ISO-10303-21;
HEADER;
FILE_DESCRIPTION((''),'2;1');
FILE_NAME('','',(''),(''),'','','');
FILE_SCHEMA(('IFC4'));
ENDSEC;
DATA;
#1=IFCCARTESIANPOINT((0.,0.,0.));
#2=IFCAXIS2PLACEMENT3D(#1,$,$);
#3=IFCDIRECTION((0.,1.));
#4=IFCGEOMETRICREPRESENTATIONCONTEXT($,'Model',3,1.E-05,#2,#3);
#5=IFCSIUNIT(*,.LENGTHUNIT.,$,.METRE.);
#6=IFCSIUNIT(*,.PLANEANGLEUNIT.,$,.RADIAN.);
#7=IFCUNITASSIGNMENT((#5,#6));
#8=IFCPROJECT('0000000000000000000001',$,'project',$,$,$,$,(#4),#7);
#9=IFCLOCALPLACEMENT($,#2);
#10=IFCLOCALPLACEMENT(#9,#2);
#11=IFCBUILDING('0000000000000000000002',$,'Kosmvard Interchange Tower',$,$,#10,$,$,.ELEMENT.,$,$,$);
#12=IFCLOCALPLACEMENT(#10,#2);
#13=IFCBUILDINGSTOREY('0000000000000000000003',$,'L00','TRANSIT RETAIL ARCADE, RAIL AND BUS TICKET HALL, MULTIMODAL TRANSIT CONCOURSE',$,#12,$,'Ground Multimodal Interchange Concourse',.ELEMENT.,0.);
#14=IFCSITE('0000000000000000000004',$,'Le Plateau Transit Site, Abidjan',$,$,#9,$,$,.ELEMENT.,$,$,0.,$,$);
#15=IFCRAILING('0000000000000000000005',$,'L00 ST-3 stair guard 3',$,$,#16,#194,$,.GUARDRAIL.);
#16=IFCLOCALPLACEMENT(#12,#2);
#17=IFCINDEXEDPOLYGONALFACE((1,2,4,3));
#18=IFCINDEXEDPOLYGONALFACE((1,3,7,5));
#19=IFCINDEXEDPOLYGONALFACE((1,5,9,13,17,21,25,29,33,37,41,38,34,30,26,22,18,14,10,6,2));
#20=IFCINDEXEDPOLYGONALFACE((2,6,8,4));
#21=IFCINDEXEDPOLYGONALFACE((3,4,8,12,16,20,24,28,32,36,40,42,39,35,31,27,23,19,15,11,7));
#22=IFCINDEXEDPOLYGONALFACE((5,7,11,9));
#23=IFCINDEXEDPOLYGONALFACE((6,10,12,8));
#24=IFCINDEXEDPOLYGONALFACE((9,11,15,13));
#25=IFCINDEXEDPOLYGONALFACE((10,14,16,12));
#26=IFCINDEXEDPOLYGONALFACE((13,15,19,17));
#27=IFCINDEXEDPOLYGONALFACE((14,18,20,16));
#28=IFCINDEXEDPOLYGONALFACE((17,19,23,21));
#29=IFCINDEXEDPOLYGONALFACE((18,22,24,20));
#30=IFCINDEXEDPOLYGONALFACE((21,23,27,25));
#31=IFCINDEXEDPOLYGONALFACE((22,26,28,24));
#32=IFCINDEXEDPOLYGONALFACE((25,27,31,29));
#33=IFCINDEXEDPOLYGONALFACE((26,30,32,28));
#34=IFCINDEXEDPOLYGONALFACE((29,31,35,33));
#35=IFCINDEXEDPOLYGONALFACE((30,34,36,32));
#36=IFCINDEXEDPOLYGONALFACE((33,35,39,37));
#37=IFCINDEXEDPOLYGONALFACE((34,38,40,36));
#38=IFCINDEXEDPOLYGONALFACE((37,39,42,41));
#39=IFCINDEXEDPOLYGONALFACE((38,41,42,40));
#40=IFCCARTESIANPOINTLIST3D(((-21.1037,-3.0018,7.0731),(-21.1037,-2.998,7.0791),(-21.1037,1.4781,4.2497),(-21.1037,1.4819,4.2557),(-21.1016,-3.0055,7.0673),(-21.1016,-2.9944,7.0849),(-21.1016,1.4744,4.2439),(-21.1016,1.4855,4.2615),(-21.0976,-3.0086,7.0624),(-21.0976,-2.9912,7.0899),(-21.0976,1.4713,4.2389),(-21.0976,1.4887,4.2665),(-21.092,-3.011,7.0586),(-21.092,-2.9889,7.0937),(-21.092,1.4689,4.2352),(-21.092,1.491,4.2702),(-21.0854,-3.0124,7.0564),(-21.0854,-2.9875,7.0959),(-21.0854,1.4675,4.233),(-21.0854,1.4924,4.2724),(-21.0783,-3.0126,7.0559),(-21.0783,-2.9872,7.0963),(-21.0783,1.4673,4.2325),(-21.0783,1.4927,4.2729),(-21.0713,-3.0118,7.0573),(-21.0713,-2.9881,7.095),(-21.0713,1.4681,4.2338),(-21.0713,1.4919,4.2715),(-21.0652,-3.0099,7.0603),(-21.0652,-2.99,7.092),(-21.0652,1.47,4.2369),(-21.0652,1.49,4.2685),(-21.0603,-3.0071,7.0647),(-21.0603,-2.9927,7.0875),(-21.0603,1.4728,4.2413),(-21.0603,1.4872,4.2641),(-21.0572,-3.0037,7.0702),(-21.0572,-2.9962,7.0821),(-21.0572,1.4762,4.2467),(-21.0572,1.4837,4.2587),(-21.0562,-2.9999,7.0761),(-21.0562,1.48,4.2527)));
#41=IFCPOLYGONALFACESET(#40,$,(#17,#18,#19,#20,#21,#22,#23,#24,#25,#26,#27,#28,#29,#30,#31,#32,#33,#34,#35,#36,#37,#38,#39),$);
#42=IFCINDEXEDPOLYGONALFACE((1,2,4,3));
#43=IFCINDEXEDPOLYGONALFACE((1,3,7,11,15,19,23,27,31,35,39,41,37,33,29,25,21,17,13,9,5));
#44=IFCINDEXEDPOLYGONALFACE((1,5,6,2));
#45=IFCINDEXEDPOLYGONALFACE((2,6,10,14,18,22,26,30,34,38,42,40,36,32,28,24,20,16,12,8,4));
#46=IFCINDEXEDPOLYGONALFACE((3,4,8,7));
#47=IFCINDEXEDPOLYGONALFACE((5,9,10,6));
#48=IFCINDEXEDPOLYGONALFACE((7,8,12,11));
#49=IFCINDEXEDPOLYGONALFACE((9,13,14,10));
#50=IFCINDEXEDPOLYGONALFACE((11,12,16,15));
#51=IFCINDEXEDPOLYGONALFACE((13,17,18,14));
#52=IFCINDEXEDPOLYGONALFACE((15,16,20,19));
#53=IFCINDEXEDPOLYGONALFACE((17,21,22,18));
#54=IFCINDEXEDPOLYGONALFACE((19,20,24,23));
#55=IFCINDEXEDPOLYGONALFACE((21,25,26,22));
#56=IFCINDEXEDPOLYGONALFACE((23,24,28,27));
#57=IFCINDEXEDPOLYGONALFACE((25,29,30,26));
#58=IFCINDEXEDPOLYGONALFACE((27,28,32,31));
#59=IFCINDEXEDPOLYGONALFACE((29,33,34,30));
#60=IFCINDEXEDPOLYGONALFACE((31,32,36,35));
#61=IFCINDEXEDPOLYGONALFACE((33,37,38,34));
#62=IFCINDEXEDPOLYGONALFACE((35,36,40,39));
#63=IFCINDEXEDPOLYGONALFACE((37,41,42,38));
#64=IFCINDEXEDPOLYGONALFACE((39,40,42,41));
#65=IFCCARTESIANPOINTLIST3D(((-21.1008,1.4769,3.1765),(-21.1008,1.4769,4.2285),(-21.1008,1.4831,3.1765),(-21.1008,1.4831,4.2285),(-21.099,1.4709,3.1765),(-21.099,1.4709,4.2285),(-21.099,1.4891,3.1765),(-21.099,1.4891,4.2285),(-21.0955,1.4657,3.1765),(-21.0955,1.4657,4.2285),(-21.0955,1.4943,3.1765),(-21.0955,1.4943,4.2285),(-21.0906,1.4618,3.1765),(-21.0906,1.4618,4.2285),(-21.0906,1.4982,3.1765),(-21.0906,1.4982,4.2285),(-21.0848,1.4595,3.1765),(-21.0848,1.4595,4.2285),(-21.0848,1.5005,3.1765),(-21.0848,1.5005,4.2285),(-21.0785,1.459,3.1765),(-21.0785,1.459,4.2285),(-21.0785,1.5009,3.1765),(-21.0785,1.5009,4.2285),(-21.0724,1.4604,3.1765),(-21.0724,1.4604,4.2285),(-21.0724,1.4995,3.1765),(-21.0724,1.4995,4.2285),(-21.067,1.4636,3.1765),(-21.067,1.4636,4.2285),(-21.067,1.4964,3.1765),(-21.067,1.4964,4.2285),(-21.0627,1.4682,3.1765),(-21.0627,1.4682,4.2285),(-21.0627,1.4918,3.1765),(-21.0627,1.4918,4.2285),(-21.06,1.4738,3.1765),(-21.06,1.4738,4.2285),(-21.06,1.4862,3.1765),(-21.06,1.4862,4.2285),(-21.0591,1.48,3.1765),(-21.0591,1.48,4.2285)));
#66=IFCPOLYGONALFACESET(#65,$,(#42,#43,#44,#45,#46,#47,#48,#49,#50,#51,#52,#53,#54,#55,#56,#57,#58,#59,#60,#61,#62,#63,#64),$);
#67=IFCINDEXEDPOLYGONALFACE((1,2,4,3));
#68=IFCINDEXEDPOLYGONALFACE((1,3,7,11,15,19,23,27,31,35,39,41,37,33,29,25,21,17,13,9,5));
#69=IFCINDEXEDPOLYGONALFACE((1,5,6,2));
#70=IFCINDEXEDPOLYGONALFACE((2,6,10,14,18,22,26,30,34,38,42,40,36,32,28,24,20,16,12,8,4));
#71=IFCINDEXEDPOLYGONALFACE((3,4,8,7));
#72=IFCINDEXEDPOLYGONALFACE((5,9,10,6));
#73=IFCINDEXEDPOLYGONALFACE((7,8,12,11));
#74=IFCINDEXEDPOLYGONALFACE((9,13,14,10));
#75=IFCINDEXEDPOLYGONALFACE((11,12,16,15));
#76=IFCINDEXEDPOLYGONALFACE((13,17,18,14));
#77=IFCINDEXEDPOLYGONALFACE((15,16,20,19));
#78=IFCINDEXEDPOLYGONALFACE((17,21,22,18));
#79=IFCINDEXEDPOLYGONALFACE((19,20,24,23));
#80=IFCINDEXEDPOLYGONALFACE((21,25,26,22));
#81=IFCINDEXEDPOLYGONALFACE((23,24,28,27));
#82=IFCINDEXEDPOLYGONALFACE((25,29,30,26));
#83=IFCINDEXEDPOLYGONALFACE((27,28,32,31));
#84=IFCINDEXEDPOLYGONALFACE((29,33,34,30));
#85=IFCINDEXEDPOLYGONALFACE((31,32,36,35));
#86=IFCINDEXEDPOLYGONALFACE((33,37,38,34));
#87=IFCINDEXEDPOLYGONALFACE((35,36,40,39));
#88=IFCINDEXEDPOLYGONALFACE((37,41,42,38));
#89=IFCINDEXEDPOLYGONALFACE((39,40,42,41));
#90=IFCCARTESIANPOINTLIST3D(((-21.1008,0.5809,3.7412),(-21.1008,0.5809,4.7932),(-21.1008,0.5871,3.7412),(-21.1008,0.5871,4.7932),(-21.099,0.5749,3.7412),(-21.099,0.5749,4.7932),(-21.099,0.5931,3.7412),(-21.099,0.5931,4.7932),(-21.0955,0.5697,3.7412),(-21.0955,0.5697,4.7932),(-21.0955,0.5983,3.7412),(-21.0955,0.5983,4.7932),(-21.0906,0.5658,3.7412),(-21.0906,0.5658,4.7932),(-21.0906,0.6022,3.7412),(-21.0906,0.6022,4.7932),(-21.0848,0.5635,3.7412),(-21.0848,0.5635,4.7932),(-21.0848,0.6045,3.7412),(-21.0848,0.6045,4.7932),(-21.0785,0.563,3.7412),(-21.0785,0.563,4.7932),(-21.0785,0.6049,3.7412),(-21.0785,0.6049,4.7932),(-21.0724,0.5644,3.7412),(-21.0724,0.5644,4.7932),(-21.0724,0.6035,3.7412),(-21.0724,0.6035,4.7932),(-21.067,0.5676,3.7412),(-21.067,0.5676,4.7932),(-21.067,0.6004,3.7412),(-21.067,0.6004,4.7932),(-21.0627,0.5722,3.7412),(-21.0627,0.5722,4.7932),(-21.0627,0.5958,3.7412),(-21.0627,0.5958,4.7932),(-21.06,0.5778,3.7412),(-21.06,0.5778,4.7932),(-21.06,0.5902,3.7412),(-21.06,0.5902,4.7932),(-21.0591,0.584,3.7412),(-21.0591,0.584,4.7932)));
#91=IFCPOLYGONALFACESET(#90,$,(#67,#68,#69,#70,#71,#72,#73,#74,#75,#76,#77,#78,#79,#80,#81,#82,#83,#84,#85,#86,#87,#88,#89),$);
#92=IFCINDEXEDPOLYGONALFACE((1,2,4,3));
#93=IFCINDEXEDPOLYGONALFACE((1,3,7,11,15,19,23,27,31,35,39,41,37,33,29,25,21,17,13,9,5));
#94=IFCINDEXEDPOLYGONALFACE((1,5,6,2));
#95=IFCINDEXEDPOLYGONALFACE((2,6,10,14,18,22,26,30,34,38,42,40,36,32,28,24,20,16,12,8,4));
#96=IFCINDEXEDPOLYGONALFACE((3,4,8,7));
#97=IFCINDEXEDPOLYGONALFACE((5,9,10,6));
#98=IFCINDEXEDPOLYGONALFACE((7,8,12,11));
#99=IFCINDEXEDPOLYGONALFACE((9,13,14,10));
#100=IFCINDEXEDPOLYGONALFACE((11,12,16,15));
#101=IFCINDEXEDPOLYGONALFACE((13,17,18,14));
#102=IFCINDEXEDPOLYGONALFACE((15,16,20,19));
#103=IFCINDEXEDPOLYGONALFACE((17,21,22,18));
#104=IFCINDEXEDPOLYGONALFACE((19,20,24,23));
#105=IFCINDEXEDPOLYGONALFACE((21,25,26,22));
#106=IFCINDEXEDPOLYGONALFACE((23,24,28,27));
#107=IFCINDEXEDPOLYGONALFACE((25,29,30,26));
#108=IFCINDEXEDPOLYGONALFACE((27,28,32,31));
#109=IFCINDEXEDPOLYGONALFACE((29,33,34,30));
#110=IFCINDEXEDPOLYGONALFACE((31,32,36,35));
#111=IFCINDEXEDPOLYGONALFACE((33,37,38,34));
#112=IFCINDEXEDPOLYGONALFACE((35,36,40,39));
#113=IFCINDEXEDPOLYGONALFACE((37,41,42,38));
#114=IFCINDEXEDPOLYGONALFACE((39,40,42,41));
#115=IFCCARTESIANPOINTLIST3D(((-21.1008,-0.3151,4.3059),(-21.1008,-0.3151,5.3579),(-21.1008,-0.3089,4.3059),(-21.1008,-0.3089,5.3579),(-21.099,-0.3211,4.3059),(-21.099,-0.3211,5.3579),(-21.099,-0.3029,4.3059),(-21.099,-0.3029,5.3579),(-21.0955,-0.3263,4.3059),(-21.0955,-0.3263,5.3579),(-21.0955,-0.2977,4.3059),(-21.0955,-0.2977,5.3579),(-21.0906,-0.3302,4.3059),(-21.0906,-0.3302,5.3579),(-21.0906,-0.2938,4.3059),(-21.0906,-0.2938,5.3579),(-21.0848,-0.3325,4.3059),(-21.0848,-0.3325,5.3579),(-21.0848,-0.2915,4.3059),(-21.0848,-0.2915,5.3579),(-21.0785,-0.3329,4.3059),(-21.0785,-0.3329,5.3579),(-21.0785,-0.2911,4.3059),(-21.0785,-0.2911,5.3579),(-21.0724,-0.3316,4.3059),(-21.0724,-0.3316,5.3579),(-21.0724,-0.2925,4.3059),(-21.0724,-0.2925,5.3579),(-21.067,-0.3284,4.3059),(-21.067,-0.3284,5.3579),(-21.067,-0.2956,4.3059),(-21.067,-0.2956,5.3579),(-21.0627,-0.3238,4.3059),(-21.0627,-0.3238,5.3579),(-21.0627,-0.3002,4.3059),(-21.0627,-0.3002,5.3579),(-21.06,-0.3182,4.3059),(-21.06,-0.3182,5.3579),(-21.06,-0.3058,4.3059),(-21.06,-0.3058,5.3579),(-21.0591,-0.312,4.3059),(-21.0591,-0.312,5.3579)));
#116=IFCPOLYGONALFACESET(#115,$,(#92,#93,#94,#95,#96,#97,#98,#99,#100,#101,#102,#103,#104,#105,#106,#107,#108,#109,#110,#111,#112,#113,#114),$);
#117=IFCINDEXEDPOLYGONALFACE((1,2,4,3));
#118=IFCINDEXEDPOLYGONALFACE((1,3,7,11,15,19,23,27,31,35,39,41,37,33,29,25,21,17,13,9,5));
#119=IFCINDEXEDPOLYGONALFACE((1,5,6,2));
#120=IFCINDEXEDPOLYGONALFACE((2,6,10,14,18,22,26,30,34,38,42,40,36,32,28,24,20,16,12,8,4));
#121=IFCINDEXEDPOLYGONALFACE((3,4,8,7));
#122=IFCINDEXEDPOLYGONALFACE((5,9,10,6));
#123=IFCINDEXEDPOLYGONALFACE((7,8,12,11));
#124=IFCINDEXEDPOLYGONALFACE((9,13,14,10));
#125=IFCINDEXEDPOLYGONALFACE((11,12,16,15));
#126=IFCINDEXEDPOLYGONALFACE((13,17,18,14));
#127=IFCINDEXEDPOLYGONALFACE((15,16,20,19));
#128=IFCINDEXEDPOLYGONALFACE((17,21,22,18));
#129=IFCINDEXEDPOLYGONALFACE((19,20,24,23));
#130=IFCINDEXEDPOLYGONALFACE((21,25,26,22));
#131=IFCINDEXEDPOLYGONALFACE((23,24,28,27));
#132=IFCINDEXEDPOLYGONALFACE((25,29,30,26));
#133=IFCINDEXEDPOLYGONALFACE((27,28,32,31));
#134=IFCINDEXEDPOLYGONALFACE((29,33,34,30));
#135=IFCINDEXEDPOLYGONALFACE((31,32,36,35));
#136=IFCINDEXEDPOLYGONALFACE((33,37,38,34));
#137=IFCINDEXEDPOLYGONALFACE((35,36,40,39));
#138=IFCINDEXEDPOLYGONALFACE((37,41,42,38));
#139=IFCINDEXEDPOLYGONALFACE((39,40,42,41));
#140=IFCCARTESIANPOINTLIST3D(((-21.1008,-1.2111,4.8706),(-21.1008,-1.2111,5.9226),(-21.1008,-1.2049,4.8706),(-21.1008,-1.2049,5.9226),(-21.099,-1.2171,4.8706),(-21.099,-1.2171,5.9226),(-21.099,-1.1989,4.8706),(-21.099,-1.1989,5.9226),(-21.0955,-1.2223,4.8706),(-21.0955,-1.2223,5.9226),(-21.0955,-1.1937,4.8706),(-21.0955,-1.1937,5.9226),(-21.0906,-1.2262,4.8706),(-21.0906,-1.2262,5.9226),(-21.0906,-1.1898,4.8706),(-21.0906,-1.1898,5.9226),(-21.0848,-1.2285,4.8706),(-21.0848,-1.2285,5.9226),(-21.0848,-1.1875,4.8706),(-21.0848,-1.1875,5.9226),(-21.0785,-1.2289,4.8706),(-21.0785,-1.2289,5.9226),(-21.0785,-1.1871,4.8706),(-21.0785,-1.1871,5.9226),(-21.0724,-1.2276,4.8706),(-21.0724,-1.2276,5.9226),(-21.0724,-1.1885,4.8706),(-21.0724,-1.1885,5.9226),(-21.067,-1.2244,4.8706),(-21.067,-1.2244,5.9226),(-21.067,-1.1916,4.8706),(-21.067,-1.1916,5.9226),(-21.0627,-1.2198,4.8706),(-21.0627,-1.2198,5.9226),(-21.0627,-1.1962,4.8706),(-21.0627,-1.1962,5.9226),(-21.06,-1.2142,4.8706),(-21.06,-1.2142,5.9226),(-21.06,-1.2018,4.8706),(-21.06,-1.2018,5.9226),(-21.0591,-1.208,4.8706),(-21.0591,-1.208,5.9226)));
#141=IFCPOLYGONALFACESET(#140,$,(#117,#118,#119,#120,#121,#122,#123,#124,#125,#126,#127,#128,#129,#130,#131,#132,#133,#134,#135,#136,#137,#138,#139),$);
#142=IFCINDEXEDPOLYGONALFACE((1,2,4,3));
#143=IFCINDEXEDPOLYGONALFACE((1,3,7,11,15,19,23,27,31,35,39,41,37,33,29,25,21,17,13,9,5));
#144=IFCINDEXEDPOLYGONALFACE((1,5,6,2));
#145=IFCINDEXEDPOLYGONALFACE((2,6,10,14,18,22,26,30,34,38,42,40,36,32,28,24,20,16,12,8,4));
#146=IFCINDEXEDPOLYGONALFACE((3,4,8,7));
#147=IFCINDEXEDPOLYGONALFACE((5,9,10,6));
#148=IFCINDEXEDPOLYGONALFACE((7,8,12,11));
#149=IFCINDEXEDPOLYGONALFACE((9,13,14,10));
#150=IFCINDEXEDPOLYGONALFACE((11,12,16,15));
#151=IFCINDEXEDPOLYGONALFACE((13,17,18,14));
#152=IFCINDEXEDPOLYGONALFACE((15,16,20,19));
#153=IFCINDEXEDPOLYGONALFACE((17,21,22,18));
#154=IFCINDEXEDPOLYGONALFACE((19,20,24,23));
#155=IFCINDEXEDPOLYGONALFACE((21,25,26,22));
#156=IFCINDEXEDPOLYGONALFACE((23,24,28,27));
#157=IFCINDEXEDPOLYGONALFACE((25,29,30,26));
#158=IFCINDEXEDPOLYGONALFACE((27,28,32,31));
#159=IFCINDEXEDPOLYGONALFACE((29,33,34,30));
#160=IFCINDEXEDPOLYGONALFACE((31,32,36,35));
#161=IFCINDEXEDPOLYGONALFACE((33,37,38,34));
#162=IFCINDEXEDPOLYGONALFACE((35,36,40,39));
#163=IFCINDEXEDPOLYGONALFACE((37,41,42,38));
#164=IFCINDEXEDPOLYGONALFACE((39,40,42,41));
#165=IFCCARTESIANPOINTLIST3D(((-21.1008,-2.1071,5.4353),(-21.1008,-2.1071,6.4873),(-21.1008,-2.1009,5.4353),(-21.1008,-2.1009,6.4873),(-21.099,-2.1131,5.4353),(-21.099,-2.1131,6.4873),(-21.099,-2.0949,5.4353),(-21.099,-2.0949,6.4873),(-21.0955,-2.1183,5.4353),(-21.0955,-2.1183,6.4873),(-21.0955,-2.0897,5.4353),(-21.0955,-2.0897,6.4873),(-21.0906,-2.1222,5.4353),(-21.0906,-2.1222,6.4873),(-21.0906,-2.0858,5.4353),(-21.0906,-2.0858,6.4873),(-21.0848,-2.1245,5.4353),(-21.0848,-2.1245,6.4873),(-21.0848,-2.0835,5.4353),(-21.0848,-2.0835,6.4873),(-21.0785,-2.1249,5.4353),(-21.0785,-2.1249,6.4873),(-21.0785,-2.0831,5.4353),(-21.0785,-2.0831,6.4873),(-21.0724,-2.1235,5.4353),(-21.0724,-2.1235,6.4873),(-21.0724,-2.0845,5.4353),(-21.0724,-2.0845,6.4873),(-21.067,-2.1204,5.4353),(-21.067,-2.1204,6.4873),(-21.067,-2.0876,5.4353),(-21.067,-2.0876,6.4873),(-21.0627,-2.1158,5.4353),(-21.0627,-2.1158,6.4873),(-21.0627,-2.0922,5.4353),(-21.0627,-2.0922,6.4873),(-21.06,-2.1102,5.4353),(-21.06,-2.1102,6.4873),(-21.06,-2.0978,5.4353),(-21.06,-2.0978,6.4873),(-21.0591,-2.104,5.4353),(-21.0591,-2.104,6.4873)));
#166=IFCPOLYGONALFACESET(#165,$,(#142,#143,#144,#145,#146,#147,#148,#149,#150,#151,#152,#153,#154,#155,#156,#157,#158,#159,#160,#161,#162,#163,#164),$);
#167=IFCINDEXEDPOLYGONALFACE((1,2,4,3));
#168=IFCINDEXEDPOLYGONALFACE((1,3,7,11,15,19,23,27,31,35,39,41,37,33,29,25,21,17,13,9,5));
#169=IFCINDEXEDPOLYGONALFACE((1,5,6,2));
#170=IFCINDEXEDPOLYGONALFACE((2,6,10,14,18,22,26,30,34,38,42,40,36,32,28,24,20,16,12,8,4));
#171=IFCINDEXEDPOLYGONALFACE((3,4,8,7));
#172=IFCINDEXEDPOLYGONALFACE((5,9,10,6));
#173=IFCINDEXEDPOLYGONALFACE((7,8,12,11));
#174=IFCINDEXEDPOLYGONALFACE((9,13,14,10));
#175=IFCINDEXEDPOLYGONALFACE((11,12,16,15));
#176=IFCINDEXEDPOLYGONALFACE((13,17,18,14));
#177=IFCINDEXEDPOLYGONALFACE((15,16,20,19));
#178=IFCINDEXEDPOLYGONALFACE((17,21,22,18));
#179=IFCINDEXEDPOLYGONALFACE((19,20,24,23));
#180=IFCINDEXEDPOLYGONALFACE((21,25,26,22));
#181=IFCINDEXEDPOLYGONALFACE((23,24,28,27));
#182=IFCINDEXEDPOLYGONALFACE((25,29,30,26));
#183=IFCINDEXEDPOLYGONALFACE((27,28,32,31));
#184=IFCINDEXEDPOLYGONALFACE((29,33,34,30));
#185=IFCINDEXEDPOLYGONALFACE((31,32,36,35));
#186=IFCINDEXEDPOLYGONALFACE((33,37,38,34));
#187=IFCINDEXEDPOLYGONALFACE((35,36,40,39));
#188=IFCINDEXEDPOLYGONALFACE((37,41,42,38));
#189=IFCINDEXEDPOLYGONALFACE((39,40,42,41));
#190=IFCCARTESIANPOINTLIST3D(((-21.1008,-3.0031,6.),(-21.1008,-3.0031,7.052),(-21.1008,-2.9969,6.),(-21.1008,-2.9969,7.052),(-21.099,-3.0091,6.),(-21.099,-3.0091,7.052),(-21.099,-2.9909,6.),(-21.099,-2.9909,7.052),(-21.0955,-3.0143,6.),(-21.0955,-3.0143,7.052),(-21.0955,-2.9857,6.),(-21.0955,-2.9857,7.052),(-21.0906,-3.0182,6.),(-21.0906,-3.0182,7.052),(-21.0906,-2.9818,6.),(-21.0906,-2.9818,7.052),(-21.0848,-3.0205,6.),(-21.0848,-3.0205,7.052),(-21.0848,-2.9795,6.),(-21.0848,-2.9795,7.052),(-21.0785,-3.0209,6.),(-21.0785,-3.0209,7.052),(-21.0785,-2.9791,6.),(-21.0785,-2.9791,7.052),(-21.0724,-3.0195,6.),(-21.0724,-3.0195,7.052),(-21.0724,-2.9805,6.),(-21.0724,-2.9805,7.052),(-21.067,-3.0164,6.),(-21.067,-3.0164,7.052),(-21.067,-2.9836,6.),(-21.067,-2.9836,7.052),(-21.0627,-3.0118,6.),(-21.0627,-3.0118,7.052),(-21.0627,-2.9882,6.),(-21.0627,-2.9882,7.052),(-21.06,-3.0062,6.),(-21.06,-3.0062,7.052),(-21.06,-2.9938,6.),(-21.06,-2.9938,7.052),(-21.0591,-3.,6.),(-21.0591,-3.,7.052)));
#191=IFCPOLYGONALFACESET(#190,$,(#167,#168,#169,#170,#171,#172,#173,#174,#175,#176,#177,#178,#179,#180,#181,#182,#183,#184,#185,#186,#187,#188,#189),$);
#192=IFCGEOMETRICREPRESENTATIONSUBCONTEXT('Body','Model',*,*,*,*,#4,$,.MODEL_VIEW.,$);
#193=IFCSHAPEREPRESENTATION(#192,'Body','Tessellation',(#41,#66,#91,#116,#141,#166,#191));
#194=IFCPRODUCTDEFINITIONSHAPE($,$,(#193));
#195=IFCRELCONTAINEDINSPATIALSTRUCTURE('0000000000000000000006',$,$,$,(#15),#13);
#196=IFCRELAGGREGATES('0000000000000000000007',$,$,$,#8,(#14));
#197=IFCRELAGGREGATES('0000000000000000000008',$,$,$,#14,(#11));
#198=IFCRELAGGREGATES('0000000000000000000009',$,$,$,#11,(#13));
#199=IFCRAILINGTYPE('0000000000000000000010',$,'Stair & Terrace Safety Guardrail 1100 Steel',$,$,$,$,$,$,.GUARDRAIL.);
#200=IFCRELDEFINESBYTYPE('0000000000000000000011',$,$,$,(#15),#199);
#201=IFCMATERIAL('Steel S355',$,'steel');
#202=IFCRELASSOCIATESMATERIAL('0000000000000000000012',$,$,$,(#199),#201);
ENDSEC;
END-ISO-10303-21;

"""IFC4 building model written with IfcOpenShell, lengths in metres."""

from ifc_helpers import new_model, si_unit, direction, frame, origin, origin_2d, place, context, subcontext, project, spatial, circle, extrude, source, transform, mapped, material, type_object, element, save


model = new_model("IFC4")

# Units and contexts
model_context = context("Model", 3, precision=1e-05, world=origin(), true_north=direction((0.0, 1.0)))
body_context = subcontext(model_context, "Body", "Model", "MODEL_VIEW")
ifc_project = project(units=[si_unit("LENGTHUNIT", "METRE"), si_unit("PLANEANGLEUNIT", "RADIAN")], contexts=[model_context])

# Site, building, storey
site_placement = place(None, origin())
site = spatial("IfcSite", under=ifc_project, at=site_placement, Name="Le Plateau Transit Site, Abidjan", CompositionType="ELEMENT", RefElevation=0.0)
building_placement = place(site_placement, origin())
building = spatial("IfcBuilding", under=site, at=building_placement, Name="Kosmvard Interchange Tower", CompositionType="ELEMENT")
storey_placement = place(building_placement, origin())
storey = spatial("IfcBuildingStorey", under=building, at=storey_placement, Name="L00", Description="TRANSIT RETAIL ARCADE, RAIL AND BUS TICKET HALL, MULTIMODAL TRANSIT CONCOURSE", LongName="Ground Multimodal Interchange Concourse", CompositionType="ELEMENT", Elevation=0.0)

# Shared definitions
ifc_material_1 = material(Name="Steel S355", Category="steel")

# Railing
railing_type_1 = type_object("IfcRailingType", Name="Stair & Terrace Safety Guardrail 1100 Steel", PredefinedType="GUARDRAIL", material=ifc_material_1)
shared_shape_1 = source(origin(), body_context, "Body", "SweptSolid", [
    extrude(circle(Radius=0.0239, at=origin_2d()), frame((0.0, 0.0, 1.0762), z_axis=(0.0, -0.845998, 0.533186), x_axis=(1.0, 0.0, 0.0)), (0.0, 0.0, 1.0), 5.2954),
    extrude(circle(Radius=0.021, at=origin_2d()), origin(), (0.0, 0.0, 1.0), 1.052),
    extrude(circle(Radius=0.021, at=origin_2d()), frame((0.0, -0.896, 0.5647)), (0.0, 0.0, 1.0), 1.052),
    extrude(circle(Radius=0.021, at=origin_2d()), frame((0.0, -1.792, 1.1294)), (0.0, 0.0, 1.0), 1.052),
    extrude(circle(Radius=0.021, at=origin_2d()), frame((0.0, -2.688, 1.6941)), (0.0, 0.0, 1.0), 1.052),
    extrude(circle(Radius=0.021, at=origin_2d()), frame((0.0, -3.584, 2.2588)), (0.0, 0.0, 1.0), 1.052),
    extrude(circle(Radius=0.021, at=origin_2d()), frame((0.0, -4.48, 2.8235)), (0.0, 0.0, 1.0), 1.052),
])
railing_1_placement = place(storey_placement, frame((-21.0801, 1.48, 3.1765)))
element("IfcRailing", 1, at=railing_1_placement, inside=storey, type_object=railing_type_1, Name="L00 ST-3 stair guard 3", PredefinedType="GUARDRAIL", context=body_context, shape_type="MappedRepresentation", body=[
    mapped(shared_shape_1, transform((0.0, 0.0, 0.0), scale=1.0)),
])

save(model, "model.ifc")
